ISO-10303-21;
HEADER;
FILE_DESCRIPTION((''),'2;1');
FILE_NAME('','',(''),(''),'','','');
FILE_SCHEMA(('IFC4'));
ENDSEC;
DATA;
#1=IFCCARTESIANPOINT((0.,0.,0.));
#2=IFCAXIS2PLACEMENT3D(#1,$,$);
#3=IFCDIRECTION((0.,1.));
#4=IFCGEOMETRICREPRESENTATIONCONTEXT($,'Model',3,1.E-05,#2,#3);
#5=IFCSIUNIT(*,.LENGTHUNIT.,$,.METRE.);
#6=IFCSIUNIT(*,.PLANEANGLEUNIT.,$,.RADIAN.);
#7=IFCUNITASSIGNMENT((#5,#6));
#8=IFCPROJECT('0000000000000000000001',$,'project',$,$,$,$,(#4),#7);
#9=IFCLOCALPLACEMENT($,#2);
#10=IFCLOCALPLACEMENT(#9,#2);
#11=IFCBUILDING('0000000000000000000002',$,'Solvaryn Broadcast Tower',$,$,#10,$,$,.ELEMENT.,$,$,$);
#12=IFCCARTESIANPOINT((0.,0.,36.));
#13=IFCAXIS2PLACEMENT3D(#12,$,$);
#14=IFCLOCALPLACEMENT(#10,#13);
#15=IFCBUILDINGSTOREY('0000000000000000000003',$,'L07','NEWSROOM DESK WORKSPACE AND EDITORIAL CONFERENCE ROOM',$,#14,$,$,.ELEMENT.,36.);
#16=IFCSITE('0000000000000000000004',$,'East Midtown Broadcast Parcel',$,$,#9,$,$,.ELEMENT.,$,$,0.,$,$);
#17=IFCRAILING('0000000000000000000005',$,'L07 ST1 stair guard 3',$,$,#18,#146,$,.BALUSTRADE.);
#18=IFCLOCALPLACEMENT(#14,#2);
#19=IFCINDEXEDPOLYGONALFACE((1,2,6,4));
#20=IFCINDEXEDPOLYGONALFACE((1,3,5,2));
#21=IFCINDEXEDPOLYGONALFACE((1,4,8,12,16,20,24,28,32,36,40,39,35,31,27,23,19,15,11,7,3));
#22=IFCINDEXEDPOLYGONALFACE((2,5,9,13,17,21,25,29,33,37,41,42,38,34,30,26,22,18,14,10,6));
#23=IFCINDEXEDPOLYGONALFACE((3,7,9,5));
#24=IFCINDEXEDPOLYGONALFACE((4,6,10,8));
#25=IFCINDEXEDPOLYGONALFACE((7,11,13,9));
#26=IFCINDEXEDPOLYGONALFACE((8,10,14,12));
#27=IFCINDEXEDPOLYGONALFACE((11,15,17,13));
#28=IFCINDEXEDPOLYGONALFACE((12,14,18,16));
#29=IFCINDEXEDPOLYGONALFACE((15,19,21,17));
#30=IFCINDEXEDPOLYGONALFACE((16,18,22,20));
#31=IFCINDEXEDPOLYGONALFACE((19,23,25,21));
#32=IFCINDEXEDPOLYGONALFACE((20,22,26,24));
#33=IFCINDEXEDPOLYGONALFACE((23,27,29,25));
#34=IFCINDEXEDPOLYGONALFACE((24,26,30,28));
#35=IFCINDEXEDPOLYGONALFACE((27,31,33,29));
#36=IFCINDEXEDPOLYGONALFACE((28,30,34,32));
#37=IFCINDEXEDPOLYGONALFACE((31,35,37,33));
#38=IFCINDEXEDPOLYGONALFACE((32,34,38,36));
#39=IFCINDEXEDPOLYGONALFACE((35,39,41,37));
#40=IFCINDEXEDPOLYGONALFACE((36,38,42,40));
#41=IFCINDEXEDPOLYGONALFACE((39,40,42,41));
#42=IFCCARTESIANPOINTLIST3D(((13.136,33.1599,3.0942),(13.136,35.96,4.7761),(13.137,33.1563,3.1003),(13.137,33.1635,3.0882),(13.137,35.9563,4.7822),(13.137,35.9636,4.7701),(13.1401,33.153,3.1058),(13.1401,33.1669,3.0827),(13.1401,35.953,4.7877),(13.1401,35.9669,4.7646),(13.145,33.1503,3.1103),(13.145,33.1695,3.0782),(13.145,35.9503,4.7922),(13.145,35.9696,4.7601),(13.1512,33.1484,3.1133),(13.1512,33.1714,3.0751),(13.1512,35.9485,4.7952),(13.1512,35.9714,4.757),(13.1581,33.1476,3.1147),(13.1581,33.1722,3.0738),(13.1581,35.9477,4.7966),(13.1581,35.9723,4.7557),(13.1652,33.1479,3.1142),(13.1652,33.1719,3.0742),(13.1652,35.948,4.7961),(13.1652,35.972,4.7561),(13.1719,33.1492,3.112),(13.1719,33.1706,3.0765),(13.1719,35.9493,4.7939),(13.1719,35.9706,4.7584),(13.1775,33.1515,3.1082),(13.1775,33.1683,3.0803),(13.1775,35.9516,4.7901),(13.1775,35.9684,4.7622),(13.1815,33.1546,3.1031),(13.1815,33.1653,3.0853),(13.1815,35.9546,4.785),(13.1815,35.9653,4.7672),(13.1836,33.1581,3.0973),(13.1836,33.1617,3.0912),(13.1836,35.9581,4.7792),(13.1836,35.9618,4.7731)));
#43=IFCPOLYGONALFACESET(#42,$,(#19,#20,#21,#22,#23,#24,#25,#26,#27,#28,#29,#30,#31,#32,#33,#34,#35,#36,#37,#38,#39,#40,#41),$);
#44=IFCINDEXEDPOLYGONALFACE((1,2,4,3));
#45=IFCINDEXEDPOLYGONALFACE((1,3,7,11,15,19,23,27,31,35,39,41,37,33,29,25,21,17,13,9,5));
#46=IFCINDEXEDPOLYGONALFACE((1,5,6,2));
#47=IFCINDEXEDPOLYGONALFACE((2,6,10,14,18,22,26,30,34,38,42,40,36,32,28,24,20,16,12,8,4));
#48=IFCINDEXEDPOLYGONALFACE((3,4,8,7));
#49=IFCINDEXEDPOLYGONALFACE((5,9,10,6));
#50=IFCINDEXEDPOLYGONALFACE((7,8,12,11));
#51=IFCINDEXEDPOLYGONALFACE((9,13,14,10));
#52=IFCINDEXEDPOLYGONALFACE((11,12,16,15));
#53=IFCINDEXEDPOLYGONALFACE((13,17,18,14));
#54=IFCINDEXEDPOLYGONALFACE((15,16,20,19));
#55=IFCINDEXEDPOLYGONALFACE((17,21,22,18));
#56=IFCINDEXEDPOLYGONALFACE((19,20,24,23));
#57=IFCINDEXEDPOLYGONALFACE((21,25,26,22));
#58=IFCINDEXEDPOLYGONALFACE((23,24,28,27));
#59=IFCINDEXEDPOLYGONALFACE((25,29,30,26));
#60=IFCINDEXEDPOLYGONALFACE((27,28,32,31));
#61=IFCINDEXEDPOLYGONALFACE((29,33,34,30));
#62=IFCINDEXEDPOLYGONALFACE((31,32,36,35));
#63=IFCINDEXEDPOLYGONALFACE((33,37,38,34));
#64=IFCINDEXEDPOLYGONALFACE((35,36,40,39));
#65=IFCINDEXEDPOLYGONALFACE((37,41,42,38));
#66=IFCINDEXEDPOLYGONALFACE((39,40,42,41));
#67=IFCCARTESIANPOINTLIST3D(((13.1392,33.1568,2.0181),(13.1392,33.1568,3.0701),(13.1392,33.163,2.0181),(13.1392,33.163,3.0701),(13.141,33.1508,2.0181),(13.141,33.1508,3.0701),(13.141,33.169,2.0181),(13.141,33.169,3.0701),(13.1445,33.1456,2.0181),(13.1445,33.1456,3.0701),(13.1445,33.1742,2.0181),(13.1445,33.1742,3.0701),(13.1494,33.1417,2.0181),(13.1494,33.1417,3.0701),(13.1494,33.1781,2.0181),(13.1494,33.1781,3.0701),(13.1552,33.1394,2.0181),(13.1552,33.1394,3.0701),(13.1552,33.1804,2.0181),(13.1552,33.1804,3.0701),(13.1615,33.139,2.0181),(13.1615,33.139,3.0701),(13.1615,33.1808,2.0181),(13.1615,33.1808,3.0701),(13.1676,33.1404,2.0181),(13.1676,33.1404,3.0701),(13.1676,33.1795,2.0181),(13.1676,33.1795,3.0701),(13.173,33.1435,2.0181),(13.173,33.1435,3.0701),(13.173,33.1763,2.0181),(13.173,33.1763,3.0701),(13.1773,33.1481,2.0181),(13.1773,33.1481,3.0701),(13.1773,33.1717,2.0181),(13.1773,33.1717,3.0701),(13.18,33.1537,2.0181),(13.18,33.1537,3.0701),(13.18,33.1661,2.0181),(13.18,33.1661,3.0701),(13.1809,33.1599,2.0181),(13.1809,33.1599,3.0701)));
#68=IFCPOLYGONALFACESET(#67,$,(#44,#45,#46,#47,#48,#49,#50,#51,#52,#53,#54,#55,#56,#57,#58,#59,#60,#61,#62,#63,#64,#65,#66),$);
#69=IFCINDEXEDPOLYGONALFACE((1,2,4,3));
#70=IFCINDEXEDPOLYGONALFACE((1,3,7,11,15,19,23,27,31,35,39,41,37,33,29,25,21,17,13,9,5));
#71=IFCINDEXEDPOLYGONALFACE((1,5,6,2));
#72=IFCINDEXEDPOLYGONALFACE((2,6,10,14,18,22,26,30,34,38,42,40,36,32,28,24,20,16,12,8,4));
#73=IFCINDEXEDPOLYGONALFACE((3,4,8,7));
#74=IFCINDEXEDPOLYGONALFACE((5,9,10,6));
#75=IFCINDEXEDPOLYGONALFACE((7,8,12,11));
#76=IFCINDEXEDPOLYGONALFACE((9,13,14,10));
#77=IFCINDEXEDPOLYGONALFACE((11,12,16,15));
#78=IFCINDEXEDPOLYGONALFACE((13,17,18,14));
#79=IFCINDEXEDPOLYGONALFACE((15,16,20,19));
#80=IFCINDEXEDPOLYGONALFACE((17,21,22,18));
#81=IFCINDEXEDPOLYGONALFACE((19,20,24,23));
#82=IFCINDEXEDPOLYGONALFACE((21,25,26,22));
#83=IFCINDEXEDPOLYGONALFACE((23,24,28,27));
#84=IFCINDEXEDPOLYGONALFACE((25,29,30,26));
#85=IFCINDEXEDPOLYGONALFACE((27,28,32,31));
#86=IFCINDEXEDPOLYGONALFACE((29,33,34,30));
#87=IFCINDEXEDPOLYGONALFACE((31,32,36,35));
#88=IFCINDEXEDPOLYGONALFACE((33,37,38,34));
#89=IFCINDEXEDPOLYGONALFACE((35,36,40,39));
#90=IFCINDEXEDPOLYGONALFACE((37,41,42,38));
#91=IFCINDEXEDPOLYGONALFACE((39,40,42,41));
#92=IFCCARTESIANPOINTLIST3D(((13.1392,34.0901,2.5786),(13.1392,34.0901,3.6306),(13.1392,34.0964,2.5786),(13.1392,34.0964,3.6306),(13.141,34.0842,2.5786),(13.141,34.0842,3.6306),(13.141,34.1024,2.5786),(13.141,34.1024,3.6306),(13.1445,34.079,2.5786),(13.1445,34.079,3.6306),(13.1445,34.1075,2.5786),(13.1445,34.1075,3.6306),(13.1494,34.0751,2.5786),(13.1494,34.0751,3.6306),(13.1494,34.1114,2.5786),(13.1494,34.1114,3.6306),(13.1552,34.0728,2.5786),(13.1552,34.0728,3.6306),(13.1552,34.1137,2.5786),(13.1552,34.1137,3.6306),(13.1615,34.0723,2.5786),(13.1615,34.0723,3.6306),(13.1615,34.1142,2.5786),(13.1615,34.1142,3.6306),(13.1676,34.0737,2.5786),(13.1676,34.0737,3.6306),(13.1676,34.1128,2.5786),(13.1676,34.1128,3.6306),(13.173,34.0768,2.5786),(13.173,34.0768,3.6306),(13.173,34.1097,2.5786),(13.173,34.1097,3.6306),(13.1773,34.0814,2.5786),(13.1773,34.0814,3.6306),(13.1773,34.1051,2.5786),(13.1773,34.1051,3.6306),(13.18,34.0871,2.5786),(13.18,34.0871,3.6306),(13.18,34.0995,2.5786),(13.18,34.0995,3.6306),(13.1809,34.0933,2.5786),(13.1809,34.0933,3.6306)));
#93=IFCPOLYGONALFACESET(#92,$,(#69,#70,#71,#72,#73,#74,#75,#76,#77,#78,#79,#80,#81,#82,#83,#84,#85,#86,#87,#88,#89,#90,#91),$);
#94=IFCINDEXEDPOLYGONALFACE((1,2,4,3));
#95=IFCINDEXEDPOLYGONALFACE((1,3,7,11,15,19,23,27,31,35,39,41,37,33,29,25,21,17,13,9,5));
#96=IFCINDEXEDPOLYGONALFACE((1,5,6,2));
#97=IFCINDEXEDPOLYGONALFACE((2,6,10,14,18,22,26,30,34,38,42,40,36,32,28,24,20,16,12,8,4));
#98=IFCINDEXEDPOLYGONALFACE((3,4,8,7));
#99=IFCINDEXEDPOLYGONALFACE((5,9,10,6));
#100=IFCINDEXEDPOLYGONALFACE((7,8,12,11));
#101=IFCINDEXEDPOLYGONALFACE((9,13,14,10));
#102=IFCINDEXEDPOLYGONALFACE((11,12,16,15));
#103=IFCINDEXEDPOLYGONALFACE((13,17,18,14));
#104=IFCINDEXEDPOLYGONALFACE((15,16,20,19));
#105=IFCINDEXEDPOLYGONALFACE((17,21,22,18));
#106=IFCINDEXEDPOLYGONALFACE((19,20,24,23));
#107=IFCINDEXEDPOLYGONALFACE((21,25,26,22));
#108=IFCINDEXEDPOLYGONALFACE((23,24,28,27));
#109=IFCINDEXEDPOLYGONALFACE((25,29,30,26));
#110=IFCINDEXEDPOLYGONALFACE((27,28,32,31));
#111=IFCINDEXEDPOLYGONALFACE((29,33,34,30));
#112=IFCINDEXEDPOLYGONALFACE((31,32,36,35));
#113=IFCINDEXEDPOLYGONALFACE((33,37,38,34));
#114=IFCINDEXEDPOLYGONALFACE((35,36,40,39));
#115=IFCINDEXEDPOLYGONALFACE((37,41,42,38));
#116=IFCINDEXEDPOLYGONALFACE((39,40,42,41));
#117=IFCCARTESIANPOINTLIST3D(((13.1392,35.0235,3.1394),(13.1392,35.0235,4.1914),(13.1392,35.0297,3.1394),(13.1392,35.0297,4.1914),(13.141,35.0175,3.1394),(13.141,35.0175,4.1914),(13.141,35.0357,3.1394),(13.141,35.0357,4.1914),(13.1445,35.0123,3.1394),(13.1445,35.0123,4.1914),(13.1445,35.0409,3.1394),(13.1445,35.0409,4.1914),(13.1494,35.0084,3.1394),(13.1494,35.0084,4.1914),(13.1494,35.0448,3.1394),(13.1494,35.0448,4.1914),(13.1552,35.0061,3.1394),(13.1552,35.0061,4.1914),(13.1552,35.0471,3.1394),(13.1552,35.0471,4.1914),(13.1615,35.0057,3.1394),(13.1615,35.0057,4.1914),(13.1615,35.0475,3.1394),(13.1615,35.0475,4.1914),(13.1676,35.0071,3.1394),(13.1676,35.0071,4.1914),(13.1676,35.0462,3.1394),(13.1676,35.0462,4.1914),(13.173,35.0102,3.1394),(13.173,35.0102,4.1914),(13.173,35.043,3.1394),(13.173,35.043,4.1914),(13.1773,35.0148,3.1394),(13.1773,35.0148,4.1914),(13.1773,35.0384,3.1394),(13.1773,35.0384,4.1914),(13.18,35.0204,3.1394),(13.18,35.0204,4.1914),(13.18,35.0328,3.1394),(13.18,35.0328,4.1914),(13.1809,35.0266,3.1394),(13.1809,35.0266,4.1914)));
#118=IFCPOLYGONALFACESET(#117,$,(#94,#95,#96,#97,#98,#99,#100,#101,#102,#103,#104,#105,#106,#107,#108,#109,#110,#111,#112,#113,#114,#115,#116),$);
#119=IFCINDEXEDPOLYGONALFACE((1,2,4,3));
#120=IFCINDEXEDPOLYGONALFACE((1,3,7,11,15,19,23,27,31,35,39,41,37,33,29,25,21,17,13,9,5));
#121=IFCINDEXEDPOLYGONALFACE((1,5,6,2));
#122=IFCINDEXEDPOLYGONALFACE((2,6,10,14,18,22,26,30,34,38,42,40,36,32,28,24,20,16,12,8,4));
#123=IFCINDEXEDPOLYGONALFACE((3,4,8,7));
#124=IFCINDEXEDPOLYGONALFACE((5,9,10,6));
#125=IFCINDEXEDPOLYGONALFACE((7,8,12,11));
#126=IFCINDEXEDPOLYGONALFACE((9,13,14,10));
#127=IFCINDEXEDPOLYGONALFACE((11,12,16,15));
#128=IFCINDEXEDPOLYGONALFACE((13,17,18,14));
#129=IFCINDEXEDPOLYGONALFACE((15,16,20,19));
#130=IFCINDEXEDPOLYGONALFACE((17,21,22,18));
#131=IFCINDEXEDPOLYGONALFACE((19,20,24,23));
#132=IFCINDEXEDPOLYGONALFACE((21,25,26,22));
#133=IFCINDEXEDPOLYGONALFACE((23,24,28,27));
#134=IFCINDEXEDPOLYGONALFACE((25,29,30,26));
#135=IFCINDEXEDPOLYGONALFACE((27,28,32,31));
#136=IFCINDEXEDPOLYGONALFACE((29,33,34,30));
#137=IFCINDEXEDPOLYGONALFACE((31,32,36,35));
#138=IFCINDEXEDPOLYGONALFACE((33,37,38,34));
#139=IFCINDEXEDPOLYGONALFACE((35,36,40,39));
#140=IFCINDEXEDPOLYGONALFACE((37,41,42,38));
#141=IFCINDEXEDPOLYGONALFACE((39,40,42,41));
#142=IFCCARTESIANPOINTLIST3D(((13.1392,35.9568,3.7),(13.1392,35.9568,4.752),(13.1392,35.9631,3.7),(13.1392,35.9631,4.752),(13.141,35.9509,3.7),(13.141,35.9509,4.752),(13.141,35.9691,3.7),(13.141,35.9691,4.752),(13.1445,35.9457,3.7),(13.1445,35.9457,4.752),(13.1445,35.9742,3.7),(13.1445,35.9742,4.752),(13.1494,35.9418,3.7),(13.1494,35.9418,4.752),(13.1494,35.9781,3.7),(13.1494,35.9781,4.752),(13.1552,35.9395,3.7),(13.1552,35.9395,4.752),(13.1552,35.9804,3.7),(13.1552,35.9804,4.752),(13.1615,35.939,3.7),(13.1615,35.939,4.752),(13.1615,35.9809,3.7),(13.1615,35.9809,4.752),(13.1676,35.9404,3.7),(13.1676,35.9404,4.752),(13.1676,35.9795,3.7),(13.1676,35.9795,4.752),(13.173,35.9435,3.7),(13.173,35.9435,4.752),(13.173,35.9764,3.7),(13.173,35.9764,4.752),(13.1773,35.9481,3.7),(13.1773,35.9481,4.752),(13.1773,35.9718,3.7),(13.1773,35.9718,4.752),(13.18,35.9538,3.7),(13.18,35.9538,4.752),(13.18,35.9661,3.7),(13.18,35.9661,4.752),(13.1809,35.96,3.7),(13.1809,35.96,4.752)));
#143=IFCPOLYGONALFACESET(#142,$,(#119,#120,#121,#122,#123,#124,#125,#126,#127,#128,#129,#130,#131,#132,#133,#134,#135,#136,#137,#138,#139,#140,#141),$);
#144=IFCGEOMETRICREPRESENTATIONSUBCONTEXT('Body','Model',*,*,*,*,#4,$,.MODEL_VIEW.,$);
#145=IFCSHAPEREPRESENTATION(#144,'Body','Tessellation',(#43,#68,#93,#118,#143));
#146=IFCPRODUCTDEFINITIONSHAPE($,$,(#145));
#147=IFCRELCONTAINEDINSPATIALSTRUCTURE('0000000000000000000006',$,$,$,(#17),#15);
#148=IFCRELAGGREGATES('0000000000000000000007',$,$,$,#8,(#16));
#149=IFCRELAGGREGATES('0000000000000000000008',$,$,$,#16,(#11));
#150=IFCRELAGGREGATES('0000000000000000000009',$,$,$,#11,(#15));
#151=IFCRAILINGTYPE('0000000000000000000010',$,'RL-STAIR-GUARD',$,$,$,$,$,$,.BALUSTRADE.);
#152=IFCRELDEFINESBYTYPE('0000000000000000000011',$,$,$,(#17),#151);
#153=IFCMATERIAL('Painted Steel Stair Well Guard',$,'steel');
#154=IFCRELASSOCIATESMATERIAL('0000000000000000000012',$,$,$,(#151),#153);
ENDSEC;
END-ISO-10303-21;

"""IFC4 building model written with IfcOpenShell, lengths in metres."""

from ifc_helpers import new_model, si_unit, direction, frame, origin, origin_2d, place, context, subcontext, project, spatial, circle, extrude, material, type_object, element, save


model = new_model("IFC4")

# Units and contexts
model_context = context("Model", 3, precision=1e-05, world=origin(), true_north=direction((0.0, 1.0)))
body_context = subcontext(model_context, "Body", "Model", "MODEL_VIEW")
ifc_project = project(units=[si_unit("LENGTHUNIT", "METRE"), si_unit("PLANEANGLEUNIT", "RADIAN")], contexts=[model_context])

# Site, building, storey
site_placement = place(None, origin())
site = spatial("IfcSite", under=ifc_project, at=site_placement, Name="East Midtown Broadcast Parcel", CompositionType="ELEMENT", RefElevation=0.0)
building_placement = place(site_placement, origin())
building = spatial("IfcBuilding", under=site, at=building_placement, Name="Solvaryn Broadcast Tower", CompositionType="ELEMENT")
storey_placement = place(building_placement, frame((0.0, 0.0, 36.0)))
storey = spatial("IfcBuildingStorey", under=building, at=storey_placement, Name="L07", Description="NEWSROOM DESK WORKSPACE AND EDITORIAL CONFERENCE ROOM", CompositionType="ELEMENT", Elevation=36.0)

# Railing
ifc_material_1 = material(Name="Painted Steel Stair Well Guard", Category="steel")
railing_type_1 = type_object("IfcRailingType", Name="RL-STAIR-GUARD", PredefinedType="BALUSTRADE", material=ifc_material_1)
railing_1_placement = place(storey_placement, frame((13.1599, 33.1599, 2.0181)))
element("IfcRailing", 1, at=railing_1_placement, inside=storey, type_object=railing_type_1, Name="L07 ST1 stair guard 3", PredefinedType="BALUSTRADE", context=body_context, shape_type="SweptSolid", body=[
    extrude(circle(Radius=0.0239, at=origin_2d()), frame((0.0, 0.0, 1.0762), z_axis=(0.0, 0.857242, 0.514913), x_axis=(-1.0, 0.0, 0.0)), (0.0, 0.0, 1.0), 3.2664),
    extrude(circle(Radius=0.021, at=origin_2d()), origin(), (0.0, 0.0, 1.0), 1.052),
    extrude(circle(Radius=0.021, at=origin_2d()), frame((0.0, 0.9333, 0.5605)), (0.0, 0.0, 1.0), 1.052),
    extrude(circle(Radius=0.021, at=origin_2d()), frame((0.0, 1.8667, 1.1213)), (0.0, 0.0, 1.0), 1.052),
    extrude(circle(Radius=0.021, at=origin_2d()), frame((0.0, 2.8, 1.6819)), (0.0, 0.0, 1.0), 1.052),
])

save(model, "model.ifc")
